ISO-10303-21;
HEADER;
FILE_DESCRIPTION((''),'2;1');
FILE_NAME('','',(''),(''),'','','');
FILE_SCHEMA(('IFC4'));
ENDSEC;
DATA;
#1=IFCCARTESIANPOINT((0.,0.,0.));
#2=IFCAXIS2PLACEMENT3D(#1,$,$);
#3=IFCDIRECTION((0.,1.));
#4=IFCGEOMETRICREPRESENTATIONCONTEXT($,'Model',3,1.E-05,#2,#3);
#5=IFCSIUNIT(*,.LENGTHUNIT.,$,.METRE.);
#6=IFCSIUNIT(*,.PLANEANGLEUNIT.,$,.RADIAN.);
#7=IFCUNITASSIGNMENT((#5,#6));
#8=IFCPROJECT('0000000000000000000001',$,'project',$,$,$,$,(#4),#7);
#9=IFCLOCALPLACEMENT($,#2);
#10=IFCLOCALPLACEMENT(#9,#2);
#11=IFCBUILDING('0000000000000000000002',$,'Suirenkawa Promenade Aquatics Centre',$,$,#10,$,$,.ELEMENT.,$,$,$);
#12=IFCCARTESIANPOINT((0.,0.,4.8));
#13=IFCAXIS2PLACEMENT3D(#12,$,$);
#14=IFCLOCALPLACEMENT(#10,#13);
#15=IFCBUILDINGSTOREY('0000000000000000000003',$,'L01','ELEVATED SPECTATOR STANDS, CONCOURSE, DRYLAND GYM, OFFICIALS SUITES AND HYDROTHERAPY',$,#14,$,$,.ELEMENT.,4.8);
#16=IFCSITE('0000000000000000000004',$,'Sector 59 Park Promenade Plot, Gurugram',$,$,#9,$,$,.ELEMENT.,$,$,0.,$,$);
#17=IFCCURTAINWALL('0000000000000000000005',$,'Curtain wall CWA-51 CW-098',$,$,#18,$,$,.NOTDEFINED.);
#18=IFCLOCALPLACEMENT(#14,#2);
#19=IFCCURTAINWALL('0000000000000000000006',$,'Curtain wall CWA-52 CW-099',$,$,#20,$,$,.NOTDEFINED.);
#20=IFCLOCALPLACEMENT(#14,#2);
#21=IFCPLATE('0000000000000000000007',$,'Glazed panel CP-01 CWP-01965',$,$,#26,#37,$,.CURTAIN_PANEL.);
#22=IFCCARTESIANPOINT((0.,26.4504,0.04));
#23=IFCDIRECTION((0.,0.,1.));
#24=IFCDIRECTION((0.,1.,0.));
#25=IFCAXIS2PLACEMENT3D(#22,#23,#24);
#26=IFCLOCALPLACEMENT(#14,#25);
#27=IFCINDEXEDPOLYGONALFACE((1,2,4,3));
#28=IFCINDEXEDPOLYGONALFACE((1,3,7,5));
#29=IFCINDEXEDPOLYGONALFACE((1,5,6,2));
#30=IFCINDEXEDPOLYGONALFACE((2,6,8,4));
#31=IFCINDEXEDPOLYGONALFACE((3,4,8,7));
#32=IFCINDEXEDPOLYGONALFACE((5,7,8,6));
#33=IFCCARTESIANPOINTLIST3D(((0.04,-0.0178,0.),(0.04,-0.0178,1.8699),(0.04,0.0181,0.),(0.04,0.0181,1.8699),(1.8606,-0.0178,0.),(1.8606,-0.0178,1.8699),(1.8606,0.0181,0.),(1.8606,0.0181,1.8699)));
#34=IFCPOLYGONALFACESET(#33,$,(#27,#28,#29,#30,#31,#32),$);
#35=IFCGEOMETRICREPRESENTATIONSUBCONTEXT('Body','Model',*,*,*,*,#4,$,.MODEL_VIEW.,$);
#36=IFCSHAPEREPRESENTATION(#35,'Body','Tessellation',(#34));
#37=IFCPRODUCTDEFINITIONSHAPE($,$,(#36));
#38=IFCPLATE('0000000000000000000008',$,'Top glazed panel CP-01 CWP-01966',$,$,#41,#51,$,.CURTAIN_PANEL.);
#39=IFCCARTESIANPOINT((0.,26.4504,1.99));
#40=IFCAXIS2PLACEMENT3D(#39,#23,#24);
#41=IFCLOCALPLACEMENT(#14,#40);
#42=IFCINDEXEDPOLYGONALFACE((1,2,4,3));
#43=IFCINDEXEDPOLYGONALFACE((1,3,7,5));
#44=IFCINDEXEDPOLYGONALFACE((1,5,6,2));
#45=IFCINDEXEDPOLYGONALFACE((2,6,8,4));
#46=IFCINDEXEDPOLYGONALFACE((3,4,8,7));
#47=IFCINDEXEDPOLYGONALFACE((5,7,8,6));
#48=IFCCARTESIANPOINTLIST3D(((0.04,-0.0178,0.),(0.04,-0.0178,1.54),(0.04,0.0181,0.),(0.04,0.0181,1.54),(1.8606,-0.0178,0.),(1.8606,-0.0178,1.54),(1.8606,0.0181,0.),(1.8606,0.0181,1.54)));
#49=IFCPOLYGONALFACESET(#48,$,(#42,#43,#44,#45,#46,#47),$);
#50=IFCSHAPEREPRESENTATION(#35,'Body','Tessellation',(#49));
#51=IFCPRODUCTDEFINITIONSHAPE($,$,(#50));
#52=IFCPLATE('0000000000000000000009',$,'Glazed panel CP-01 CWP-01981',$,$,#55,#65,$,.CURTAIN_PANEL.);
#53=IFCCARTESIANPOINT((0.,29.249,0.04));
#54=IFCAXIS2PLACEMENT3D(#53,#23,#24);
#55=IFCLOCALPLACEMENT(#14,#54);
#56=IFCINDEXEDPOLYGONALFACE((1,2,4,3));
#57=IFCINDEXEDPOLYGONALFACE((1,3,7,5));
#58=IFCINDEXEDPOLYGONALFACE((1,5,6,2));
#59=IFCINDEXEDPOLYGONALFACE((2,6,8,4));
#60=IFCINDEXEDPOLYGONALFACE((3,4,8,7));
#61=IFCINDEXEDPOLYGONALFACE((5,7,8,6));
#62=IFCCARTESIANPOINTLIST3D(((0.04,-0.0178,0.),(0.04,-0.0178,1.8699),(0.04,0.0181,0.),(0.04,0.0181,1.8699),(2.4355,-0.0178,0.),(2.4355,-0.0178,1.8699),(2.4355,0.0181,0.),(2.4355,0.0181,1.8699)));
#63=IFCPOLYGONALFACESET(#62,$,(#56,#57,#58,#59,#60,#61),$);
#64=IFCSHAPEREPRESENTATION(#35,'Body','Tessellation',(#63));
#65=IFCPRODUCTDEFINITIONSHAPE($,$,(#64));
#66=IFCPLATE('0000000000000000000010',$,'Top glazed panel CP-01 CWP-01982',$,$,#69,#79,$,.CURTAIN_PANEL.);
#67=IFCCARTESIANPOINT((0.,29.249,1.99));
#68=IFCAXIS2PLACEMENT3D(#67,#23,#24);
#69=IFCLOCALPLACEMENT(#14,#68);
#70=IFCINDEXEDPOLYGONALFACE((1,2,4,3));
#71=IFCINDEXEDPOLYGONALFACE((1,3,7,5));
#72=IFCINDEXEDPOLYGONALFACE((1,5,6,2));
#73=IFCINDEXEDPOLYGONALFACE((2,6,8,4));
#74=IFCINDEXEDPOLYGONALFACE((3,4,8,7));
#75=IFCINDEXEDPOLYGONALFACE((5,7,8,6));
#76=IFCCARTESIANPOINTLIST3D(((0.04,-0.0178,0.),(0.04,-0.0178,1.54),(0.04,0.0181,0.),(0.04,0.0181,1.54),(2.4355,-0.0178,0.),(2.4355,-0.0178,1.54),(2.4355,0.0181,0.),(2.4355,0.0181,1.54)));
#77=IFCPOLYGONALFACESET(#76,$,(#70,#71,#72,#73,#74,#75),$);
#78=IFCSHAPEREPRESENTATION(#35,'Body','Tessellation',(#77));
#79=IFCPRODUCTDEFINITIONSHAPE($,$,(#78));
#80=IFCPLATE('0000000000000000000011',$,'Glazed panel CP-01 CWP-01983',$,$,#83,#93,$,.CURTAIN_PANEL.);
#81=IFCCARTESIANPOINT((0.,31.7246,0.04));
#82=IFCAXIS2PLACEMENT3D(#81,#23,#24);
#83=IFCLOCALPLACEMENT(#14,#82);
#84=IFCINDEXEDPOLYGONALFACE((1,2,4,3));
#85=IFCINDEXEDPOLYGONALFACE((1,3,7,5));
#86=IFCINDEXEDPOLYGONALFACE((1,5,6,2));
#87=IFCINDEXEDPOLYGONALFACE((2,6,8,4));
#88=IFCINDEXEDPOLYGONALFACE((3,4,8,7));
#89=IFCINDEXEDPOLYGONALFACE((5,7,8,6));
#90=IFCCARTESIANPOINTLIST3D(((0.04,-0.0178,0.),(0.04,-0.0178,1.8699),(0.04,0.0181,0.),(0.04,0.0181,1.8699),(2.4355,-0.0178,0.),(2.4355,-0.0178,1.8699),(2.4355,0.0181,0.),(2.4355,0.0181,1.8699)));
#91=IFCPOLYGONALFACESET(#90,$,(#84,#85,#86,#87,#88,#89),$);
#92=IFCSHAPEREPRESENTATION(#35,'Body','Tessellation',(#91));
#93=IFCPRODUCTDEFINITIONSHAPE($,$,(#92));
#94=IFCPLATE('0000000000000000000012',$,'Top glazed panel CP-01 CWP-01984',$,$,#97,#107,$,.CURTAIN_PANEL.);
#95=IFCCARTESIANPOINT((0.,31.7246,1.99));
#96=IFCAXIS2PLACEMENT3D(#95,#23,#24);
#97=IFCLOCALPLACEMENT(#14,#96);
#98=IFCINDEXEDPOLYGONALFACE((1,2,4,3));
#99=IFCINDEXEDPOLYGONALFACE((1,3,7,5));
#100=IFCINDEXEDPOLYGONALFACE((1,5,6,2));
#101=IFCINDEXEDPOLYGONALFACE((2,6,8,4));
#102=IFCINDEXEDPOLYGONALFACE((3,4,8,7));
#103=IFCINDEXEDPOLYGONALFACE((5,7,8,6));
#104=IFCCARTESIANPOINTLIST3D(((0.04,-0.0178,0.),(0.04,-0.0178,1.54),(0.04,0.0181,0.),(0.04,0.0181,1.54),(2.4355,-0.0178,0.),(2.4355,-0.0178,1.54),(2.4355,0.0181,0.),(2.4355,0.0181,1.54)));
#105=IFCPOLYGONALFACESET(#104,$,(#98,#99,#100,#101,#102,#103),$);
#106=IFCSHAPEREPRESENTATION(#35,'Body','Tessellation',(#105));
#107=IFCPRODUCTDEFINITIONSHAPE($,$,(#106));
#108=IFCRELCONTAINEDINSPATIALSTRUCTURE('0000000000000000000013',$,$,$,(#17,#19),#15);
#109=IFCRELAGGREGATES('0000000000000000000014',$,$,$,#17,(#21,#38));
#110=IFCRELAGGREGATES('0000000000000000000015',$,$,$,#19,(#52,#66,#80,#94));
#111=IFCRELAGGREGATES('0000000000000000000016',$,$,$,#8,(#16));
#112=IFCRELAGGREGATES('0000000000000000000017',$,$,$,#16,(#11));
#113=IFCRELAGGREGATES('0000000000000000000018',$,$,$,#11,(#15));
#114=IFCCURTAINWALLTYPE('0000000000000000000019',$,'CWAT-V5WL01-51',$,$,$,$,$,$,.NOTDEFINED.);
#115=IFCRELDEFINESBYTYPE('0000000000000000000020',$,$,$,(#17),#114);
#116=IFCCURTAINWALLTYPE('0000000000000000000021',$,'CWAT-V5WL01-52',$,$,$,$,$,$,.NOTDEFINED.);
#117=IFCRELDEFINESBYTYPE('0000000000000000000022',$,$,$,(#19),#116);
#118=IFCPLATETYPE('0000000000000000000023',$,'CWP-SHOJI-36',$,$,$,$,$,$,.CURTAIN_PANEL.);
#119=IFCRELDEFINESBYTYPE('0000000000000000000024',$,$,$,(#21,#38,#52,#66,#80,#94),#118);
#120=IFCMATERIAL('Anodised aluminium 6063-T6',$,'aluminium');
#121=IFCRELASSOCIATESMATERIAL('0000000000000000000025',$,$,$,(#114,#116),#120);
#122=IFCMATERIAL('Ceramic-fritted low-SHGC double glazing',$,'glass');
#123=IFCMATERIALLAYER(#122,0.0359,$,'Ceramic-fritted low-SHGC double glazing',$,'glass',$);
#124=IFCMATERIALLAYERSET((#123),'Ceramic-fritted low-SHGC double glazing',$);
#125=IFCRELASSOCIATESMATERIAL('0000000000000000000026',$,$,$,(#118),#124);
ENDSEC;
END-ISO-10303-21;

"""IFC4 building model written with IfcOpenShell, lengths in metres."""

from ifc_helpers import new_model, si_unit, direction, frame, origin, place, context, subcontext, project, spatial, polyline, outline, extrude, material, layer, layer_set, type_object, element, aggregate, save


model = new_model("IFC4")

# Units and contexts
model_context = context("Model", 3, precision=1e-05, world=origin(), true_north=direction((0.0, 1.0)))
body_context = subcontext(model_context, "Body", "Model", "MODEL_VIEW")
ifc_project = project(units=[si_unit("LENGTHUNIT", "METRE"), si_unit("PLANEANGLEUNIT", "RADIAN")], contexts=[model_context])

# Site, building, storey
site_placement = place(None, origin())
site = spatial("IfcSite", under=ifc_project, at=site_placement, Name="Sector 59 Park Promenade Plot, Gurugram", CompositionType="ELEMENT", RefElevation=0.0)
building_placement = place(site_placement, origin())
building = spatial("IfcBuilding", under=site, at=building_placement, Name="Suirenkawa Promenade Aquatics Centre", CompositionType="ELEMENT")
storey_placement = place(building_placement, frame((0.0, 0.0, 4.8)))
storey = spatial("IfcBuildingStorey", under=building, at=storey_placement, Name="L01", Description="ELEVATED SPECTATOR STANDS, CONCOURSE, DRYLAND GYM, OFFICIALS SUITES AND HYDROTHERAPY", CompositionType="ELEMENT", Elevation=4.8)

# Curtain wall
ifc_material_1 = material(Name="Anodised aluminium 6063-T6", Category="aluminium")
curtain_wall_type_1 = type_object("IfcCurtainWallType", Name="CWAT-V5WL01-51", PredefinedType="NOTDEFINED", material=ifc_material_1)
curtain_wall_1_placement = place(storey_placement, origin())
curtain_wall_1 = element("IfcCurtainWall", 1, at=curtain_wall_1_placement, inside=storey, type_object=curtain_wall_type_1, Name="Curtain wall CWA-51 CW-098", PredefinedType="NOTDEFINED")

# Curtain wall
curtain_wall_type_2 = type_object("IfcCurtainWallType", Name="CWAT-V5WL01-52", PredefinedType="NOTDEFINED", material=ifc_material_1)
curtain_wall_2_placement = place(storey_placement, origin())
curtain_wall_2 = element("IfcCurtainWall", 2, at=curtain_wall_2_placement, inside=storey, type_object=curtain_wall_type_2, Name="Curtain wall CWA-52 CW-099", PredefinedType="NOTDEFINED")

# Plates
ifc_material_2 = material(Name="Ceramic-fritted low-SHGC double glazing", Category="glass")
ifc_layer_1 = layer(ifc_material_2, 0.0359, Name="Ceramic-fritted low-SHGC double glazing", Category="glass")
ifc_layer_set_1 = layer_set([ifc_layer_1], Name="Ceramic-fritted low-SHGC double glazing")
plate_type = type_object("IfcPlateType", Name="CWP-SHOJI-36", PredefinedType="CURTAIN_PANEL", material=ifc_layer_set_1)
plate_1_placement = place(storey_placement, frame((0.0, 26.4504, 0.04), z_axis=(0.0, 0.0, 1.0), x_axis=(0.0, 1.0, 0.0)))
plate_1 = element("IfcPlate", 3, at=plate_1_placement, type_object=plate_type, Name="Glazed panel CP-01 CWP-01965", PredefinedType="CURTAIN_PANEL", context=body_context, shape_type="SweptSolid", body=[
    extrude(outline(polyline([(0.04, 0.0), (1.8606, 0.0), (1.8606, 1.8699), (0.04, 1.8699), (0.04, 0.0)])), frame((0.0, 0.0181, 0.0), z_axis=(0.0, -1.0, 0.0), x_axis=(1.0, 0.0, 0.0)), (0.0, 0.0, 1.0), 0.0359),
])
plate_2_placement = place(storey_placement, frame((0.0, 26.4504, 1.99), z_axis=(0.0, 0.0, 1.0), x_axis=(0.0, 1.0, 0.0)))
plate_2 = element("IfcPlate", 4, at=plate_2_placement, type_object=plate_type, Name="Top glazed panel CP-01 CWP-01966", PredefinedType="CURTAIN_PANEL", context=body_context, shape_type="SweptSolid", body=[
    extrude(outline(polyline([(0.04, 0.0), (1.8606, 0.0), (1.8606, 1.54), (0.04, 1.54), (0.04, 0.0)])), frame((0.0, 0.0181, 0.0), z_axis=(0.0, -1.0, 0.0), x_axis=(1.0, 0.0, 0.0)), (0.0, 0.0, 1.0), 0.0359),
])
aggregate(curtain_wall_1, [plate_1, plate_2])
plate_3_placement = place(storey_placement, frame((0.0, 29.249, 0.04), z_axis=(0.0, 0.0, 1.0), x_axis=(0.0, 1.0, 0.0)))
plate_3 = element("IfcPlate", 5, at=plate_3_placement, type_object=plate_type, Name="Glazed panel CP-01 CWP-01981", PredefinedType="CURTAIN_PANEL", context=body_context, shape_type="SweptSolid", body=[
    extrude(outline(polyline([(0.04, 0.0), (2.4355, 0.0), (2.4355, 1.8699), (0.04, 1.8699), (0.04, 0.0)])), frame((0.0, 0.0181, 0.0), z_axis=(0.0, -1.0, 0.0), x_axis=(1.0, 0.0, 0.0)), (0.0, 0.0, 1.0), 0.0359),
])
plate_4_placement = place(storey_placement, frame((0.0, 29.249, 1.99), z_axis=(0.0, 0.0, 1.0), x_axis=(0.0, 1.0, 0.0)))
plate_4 = element("IfcPlate", 6, at=plate_4_placement, type_object=plate_type, Name="Top glazed panel CP-01 CWP-01982", PredefinedType="CURTAIN_PANEL", context=body_context, shape_type="SweptSolid", body=[
    extrude(outline(polyline([(0.04, 0.0), (2.4355, 0.0), (2.4355, 1.54), (0.04, 1.54), (0.04, 0.0)])), frame((0.0, 0.0181, 0.0), z_axis=(0.0, -1.0, 0.0), x_axis=(1.0, 0.0, 0.0)), (0.0, 0.0, 1.0), 0.0359),
])
plate_5_placement = place(storey_placement, frame((0.0, 31.7246, 0.04), z_axis=(0.0, 0.0, 1.0), x_axis=(0.0, 1.0, 0.0)))
plate_5 = element("IfcPlate", 7, at=plate_5_placement, type_object=plate_type, Name="Glazed panel CP-01 CWP-01983", PredefinedType="CURTAIN_PANEL", context=body_context, shape_type="SweptSolid", body=[
    extrude(outline(polyline([(0.04, 0.0), (2.4355, 0.0), (2.4355, 1.8699), (0.04, 1.8699), (0.04, 0.0)])), frame((0.0, 0.0181, 0.0), z_axis=(0.0, -1.0, 0.0), x_axis=(1.0, 0.0, 0.0)), (0.0, 0.0, 1.0), 0.0359),
])
plate_6_placement = place(storey_placement, frame((0.0, 31.7246, 1.99), z_axis=(0.0, 0.0, 1.0), x_axis=(0.0, 1.0, 0.0)))
plate_6 = element("IfcPlate", 8, at=plate_6_placement, type_object=plate_type, Name="Top glazed panel CP-01 CWP-01984", PredefinedType="CURTAIN_PANEL", context=body_context, shape_type="SweptSolid", body=[
    extrude(outline(polyline([(0.04, 0.0), (2.4355, 0.0), (2.4355, 1.54), (0.04, 1.54), (0.04, 0.0)])), frame((0.0, 0.0181, 0.0), z_axis=(0.0, -1.0, 0.0), x_axis=(1.0, 0.0, 0.0)), (0.0, 0.0, 1.0), 0.0359),
])
aggregate(curtain_wall_2, [plate_3, plate_4, plate_5, plate_6])

save(model, "model.ifc")
